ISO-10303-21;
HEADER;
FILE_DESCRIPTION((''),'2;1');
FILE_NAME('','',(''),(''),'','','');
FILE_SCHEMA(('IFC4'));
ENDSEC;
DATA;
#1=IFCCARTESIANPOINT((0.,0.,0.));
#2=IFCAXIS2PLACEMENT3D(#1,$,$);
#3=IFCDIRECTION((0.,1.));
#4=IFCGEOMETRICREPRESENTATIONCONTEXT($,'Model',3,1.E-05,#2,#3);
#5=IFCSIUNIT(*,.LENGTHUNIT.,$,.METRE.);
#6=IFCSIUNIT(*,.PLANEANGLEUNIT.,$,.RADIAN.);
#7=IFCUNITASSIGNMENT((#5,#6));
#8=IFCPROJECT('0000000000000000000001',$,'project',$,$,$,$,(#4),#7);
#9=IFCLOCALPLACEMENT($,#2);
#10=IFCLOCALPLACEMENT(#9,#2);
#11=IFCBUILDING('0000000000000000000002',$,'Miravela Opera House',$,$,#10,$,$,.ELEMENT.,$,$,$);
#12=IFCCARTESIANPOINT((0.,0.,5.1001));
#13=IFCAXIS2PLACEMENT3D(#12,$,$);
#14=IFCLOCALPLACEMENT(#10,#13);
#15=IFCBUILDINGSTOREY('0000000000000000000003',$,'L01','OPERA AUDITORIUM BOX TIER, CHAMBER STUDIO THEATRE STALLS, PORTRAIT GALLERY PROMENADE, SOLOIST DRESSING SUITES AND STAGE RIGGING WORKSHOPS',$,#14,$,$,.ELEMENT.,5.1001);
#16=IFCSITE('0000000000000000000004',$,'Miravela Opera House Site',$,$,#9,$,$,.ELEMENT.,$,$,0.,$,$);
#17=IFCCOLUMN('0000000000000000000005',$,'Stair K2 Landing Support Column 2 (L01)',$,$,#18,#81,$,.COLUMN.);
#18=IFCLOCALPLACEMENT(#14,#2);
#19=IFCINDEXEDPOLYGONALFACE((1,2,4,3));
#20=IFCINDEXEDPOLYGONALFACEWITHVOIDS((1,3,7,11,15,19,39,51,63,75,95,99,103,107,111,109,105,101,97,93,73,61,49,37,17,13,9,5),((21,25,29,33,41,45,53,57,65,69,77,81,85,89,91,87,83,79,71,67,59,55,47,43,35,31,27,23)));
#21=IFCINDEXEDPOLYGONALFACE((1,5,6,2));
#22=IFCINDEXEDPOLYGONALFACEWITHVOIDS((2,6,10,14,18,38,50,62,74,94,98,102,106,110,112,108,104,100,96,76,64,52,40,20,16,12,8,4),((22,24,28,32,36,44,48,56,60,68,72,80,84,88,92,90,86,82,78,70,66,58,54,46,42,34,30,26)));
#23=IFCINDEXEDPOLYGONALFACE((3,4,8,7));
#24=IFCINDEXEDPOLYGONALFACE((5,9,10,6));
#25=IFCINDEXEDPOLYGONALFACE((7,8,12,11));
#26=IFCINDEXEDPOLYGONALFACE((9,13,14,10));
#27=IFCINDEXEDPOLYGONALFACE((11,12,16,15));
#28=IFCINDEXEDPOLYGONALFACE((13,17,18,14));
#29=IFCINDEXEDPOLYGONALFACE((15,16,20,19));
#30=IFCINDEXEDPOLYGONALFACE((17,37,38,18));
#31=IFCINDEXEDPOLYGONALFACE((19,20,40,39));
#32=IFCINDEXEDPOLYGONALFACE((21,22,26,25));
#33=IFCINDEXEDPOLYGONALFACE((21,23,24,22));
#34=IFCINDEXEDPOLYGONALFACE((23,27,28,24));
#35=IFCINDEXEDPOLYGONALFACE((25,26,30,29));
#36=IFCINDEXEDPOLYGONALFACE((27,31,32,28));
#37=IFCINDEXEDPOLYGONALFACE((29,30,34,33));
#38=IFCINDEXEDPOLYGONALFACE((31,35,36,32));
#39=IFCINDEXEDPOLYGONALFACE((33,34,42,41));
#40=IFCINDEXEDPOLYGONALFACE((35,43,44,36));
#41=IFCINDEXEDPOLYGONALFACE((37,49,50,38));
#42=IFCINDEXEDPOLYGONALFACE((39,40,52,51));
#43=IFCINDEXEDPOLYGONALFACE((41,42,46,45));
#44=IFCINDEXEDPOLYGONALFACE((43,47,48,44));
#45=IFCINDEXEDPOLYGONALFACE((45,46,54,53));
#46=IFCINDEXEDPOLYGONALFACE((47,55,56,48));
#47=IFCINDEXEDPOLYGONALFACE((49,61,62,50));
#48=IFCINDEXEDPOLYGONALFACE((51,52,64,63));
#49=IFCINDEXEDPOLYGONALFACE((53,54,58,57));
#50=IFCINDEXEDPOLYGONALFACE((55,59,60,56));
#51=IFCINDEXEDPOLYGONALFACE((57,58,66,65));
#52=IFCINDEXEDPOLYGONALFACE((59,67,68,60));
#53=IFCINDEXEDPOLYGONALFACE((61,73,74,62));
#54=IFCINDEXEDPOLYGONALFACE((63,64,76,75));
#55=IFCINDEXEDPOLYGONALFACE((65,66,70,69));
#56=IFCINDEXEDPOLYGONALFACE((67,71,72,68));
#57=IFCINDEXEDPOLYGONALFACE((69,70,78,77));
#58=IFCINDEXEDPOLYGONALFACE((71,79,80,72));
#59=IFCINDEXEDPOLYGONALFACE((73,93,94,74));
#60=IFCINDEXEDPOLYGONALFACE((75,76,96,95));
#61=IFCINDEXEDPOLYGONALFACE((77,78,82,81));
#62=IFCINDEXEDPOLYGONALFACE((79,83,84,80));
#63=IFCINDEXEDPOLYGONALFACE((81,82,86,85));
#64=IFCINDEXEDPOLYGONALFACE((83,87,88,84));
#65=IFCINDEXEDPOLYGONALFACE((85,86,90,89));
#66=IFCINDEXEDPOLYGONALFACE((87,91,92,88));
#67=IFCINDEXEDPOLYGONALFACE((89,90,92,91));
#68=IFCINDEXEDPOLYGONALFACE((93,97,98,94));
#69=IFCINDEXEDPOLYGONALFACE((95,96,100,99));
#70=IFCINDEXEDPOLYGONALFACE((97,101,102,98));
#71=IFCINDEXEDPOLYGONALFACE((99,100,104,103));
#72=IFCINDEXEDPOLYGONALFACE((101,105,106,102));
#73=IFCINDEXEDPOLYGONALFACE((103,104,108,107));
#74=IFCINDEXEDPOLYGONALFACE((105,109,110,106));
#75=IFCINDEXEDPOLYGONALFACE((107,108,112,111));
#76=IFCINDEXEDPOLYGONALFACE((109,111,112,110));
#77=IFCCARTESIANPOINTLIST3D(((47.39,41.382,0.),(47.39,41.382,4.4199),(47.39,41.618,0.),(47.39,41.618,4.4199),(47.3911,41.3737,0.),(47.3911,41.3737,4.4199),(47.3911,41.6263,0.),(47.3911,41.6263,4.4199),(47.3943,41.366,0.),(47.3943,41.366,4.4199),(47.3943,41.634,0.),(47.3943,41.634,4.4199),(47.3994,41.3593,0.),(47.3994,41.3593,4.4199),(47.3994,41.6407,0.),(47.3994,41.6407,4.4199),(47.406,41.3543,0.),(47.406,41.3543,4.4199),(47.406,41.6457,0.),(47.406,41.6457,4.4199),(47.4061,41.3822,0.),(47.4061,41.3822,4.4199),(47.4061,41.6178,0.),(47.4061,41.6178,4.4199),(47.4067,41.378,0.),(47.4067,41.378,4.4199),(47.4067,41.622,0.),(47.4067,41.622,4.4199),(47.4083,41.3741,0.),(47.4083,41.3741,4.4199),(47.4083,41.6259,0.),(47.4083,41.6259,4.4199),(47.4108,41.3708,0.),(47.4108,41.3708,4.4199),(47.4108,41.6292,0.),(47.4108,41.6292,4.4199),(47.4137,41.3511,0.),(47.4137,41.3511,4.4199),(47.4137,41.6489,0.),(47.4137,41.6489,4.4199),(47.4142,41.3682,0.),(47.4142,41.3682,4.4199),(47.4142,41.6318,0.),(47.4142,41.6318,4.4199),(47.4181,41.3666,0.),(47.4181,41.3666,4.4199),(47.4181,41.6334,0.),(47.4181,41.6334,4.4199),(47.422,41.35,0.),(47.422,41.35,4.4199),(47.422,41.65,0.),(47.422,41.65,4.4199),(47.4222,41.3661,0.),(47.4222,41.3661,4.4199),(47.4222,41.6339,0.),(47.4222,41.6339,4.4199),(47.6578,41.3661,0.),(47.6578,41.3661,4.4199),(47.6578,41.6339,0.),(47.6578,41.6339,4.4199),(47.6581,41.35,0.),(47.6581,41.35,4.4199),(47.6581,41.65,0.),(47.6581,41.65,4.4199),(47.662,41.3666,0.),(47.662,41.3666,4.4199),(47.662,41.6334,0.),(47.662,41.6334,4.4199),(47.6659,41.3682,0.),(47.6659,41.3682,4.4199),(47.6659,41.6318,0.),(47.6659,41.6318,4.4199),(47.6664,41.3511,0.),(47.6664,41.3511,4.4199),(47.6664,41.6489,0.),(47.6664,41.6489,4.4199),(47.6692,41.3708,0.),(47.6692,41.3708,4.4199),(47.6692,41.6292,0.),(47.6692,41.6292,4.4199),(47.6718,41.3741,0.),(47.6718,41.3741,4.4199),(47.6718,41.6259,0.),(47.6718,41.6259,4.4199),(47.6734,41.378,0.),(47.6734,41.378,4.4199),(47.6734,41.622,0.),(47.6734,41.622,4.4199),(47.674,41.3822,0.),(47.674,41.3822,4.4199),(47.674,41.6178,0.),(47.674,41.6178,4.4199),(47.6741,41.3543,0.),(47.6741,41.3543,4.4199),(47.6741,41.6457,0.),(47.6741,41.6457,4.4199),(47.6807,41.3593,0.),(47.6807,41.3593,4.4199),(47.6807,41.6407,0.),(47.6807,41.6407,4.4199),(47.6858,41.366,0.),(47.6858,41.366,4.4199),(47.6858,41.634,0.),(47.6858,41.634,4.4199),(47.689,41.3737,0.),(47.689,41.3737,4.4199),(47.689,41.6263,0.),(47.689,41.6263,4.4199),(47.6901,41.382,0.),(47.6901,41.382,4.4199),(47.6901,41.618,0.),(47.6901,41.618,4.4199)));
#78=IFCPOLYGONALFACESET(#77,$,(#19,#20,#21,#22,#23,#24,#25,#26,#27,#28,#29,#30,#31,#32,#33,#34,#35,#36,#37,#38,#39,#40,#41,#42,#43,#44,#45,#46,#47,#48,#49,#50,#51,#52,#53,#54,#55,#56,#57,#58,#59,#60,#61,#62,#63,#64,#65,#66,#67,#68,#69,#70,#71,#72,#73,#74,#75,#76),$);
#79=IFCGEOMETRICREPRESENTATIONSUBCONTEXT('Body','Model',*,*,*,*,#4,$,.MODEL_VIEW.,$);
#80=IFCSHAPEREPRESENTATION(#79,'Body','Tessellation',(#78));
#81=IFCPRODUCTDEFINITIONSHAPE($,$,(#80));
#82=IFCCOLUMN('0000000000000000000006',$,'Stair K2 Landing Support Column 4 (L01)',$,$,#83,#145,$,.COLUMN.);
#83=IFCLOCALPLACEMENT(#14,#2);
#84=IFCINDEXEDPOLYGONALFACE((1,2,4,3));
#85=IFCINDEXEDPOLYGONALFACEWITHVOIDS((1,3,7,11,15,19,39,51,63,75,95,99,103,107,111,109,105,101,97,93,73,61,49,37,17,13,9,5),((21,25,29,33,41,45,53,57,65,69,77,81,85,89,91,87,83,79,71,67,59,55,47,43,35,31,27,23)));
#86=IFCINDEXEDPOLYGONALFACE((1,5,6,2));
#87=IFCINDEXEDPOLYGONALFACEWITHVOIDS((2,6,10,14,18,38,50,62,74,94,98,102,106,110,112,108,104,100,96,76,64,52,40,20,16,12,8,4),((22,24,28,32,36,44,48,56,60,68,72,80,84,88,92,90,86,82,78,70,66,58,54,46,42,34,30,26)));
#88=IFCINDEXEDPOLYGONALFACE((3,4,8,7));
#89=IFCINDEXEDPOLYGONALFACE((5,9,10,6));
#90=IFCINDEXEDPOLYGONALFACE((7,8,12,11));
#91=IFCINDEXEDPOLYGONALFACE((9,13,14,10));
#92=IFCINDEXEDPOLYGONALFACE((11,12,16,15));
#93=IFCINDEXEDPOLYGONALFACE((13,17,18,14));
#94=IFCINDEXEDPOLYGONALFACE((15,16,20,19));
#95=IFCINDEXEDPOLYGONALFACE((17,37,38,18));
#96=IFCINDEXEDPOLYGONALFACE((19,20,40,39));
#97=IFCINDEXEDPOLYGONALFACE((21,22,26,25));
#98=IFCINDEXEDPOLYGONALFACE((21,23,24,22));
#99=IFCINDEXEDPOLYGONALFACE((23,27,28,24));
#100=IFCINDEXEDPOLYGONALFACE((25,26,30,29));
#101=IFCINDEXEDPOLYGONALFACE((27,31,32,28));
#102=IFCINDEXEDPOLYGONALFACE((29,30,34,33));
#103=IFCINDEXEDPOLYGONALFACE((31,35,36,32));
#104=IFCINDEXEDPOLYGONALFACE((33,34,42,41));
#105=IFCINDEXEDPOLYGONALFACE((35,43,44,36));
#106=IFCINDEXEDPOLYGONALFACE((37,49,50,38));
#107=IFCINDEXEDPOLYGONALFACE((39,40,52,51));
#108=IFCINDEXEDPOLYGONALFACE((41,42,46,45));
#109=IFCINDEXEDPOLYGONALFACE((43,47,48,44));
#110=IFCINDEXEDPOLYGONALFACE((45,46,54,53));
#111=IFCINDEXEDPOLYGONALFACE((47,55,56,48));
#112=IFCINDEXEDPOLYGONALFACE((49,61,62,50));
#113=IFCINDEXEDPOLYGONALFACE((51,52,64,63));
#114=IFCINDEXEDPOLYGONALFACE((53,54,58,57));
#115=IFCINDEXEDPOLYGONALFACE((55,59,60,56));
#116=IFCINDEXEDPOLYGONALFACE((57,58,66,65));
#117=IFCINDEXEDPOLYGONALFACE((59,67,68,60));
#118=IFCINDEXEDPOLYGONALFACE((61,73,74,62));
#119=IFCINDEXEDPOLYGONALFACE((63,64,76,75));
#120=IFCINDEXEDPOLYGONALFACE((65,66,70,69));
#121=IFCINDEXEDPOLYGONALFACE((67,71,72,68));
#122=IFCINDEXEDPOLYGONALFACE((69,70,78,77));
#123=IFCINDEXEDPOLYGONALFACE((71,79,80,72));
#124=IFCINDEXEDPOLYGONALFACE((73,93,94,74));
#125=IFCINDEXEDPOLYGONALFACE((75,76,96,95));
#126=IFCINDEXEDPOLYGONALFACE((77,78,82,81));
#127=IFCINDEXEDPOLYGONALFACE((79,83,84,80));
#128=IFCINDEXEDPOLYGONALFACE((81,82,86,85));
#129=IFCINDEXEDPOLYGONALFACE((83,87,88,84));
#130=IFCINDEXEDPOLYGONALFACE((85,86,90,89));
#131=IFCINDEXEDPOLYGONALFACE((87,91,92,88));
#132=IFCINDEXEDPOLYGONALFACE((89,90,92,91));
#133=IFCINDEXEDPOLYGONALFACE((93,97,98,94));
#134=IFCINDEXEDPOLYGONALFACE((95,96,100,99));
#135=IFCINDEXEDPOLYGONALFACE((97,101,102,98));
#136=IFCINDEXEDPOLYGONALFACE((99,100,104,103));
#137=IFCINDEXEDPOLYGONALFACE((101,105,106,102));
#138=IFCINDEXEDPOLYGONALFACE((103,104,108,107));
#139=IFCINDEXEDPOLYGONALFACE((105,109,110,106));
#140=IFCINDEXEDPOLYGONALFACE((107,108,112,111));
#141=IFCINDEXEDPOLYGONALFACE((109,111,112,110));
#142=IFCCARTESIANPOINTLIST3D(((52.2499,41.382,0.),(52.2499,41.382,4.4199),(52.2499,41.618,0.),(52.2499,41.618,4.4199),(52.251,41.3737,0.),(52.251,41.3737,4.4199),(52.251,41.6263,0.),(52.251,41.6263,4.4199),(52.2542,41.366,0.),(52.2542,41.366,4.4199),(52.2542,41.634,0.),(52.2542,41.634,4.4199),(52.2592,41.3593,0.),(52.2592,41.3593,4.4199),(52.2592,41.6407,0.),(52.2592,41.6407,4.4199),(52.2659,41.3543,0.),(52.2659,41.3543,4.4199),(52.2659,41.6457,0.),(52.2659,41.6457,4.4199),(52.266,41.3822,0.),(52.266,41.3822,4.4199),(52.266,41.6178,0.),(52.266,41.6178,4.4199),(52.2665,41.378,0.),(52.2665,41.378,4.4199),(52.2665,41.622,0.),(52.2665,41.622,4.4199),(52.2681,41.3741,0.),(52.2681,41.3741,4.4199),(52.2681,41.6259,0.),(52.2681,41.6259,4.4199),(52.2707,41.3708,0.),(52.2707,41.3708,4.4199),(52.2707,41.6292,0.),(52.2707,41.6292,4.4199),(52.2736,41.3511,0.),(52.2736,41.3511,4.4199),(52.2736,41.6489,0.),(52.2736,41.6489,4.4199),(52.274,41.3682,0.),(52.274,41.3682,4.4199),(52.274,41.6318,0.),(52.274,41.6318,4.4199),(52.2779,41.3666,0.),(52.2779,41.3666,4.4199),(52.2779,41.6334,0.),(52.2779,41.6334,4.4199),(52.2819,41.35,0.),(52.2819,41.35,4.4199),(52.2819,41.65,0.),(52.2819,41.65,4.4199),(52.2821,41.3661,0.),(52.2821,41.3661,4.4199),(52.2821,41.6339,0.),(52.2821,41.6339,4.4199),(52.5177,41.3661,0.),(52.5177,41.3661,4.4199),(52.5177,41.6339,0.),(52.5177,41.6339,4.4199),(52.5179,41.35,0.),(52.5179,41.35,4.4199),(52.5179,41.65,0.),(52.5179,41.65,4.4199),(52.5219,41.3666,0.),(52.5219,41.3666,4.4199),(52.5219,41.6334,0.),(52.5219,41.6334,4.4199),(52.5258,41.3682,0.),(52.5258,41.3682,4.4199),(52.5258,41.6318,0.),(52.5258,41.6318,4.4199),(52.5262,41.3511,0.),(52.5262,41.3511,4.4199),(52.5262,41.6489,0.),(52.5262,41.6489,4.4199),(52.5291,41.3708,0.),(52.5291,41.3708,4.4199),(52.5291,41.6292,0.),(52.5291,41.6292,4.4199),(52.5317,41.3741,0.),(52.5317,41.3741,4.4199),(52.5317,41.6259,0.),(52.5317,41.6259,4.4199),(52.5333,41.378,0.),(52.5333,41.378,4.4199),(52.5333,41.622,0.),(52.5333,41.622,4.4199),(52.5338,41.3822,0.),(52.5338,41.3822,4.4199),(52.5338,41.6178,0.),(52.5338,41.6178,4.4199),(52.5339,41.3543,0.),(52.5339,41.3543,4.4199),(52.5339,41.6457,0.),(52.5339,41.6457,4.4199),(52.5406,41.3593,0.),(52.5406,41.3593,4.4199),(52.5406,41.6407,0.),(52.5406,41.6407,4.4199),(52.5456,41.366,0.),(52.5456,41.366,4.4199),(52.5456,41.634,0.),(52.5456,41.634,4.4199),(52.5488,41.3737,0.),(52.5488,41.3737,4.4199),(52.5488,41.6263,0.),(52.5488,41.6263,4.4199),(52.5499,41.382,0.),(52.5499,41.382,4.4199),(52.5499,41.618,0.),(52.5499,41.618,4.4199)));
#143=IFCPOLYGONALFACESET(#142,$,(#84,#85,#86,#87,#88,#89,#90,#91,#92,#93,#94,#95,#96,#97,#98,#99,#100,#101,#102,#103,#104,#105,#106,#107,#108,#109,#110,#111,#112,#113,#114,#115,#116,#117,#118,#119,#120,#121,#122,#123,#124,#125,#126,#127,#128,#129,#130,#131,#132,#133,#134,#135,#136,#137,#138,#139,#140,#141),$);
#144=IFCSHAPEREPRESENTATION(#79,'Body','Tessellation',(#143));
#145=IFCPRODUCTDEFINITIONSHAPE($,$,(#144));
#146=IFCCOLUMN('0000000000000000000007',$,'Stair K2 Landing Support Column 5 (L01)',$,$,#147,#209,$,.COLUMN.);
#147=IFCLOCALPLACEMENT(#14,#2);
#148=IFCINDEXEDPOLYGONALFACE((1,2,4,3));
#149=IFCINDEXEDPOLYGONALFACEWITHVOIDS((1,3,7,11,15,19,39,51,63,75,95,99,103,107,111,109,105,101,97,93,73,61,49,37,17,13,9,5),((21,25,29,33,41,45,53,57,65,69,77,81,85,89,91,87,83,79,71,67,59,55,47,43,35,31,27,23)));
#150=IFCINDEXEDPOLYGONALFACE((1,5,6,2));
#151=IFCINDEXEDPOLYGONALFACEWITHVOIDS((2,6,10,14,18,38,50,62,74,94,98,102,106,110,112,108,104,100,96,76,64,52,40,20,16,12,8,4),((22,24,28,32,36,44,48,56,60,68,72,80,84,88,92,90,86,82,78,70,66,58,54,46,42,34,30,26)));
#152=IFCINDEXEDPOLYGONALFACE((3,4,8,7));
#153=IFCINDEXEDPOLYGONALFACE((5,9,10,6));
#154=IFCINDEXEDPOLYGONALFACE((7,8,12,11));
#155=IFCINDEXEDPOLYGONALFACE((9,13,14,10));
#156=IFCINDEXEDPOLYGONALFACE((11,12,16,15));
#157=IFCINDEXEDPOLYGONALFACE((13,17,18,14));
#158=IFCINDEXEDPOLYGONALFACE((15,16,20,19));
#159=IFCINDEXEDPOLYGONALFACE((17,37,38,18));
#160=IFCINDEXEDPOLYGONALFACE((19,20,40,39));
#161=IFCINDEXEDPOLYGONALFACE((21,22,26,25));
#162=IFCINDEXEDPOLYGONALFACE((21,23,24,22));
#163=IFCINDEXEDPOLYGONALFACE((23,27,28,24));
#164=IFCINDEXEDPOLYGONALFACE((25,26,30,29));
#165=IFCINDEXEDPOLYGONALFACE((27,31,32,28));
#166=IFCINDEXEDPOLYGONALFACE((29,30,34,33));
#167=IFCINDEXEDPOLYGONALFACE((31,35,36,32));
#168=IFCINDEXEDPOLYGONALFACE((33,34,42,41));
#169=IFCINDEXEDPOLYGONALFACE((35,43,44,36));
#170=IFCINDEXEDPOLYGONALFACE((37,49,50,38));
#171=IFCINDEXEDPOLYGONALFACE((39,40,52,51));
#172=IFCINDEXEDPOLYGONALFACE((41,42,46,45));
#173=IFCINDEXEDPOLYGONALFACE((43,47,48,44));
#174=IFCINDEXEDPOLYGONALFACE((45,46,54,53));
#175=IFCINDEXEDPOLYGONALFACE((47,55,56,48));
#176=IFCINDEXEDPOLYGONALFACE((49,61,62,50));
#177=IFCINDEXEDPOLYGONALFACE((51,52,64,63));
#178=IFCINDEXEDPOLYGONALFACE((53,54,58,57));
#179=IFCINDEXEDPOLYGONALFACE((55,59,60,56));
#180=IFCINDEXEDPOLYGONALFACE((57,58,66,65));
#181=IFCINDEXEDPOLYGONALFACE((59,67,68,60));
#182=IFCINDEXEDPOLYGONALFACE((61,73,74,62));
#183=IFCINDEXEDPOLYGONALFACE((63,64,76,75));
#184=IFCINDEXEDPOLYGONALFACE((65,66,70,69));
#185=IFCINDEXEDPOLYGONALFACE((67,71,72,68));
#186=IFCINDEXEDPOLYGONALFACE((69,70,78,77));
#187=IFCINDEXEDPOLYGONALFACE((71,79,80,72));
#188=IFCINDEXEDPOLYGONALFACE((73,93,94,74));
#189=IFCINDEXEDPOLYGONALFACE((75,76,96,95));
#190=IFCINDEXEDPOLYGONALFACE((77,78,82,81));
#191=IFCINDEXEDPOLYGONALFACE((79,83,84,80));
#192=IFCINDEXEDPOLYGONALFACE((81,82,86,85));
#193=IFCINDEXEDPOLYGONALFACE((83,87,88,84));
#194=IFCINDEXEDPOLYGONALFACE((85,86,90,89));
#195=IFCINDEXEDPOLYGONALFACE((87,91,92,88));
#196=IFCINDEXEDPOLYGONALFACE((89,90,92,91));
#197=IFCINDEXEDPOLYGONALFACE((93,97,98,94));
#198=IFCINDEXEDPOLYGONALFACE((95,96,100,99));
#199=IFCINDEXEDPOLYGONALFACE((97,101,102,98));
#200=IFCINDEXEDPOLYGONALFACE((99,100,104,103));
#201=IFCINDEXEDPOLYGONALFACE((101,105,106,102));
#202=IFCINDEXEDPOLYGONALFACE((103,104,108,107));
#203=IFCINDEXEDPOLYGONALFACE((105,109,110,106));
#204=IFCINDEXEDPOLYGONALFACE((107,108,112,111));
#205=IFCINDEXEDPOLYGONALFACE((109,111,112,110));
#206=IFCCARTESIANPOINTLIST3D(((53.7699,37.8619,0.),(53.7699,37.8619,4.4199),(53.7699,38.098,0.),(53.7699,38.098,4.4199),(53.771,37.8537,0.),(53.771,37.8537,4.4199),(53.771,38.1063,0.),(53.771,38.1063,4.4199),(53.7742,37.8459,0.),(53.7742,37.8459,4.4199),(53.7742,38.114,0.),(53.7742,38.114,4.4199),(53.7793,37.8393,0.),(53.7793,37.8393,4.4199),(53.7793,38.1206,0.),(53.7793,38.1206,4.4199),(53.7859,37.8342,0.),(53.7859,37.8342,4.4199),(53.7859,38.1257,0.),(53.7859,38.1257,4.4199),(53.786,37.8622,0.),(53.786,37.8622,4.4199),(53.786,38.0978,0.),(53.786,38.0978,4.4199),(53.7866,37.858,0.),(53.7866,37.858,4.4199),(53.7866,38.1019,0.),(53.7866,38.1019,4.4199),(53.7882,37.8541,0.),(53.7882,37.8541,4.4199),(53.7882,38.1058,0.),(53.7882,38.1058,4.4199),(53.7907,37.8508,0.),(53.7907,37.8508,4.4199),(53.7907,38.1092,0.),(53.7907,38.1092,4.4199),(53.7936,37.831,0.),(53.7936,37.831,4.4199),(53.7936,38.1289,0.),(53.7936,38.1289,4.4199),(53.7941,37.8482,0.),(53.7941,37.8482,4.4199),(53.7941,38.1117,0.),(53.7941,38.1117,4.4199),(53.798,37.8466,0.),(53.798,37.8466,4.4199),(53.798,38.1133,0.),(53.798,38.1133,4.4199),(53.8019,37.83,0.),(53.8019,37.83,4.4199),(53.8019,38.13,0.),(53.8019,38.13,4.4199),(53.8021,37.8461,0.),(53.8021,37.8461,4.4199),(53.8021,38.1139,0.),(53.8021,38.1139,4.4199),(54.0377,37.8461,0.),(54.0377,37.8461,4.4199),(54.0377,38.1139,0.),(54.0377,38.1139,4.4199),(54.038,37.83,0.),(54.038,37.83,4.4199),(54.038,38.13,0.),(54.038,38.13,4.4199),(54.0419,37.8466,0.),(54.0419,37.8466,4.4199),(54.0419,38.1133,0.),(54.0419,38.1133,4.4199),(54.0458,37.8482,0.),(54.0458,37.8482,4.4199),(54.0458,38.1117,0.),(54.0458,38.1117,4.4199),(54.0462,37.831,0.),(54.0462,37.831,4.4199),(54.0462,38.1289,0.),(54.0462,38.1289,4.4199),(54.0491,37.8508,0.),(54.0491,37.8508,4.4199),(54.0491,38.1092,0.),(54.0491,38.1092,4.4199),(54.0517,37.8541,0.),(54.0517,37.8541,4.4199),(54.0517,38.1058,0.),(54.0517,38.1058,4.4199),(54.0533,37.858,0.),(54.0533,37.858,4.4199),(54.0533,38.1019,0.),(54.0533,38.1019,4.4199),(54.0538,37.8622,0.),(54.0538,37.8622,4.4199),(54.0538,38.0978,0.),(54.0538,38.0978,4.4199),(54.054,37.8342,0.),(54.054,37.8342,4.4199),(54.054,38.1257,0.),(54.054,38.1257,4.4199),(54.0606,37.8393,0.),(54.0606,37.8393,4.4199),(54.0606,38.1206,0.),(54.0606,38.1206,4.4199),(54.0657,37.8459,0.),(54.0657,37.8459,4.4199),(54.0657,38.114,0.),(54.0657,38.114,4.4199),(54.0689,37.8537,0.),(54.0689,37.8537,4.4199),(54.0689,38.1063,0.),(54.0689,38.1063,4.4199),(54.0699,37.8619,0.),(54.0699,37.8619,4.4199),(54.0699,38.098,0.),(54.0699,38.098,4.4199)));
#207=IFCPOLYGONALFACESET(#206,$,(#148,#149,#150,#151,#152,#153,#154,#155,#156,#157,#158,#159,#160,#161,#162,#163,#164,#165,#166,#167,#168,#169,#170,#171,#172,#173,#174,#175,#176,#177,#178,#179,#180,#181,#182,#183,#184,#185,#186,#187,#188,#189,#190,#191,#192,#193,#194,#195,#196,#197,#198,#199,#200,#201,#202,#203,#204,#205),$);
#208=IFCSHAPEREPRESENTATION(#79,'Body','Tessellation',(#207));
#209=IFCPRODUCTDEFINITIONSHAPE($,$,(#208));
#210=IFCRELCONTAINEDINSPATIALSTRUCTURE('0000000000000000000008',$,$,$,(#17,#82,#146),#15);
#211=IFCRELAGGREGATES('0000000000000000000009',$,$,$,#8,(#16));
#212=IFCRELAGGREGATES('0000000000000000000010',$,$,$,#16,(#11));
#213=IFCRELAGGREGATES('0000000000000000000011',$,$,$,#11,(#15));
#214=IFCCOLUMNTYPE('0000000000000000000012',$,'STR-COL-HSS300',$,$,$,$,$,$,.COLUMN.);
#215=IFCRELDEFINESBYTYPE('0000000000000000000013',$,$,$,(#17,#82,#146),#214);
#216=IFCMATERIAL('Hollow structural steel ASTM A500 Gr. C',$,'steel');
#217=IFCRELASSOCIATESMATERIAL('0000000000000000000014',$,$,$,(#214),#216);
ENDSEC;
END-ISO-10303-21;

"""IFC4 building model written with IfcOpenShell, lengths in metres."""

from ifc_helpers import new_model, si_unit, direction, frame, origin, origin_2d, place, context, subcontext, project, spatial, hollow_rectangle, extrude, material, material_profile, profile_set, type_object, element, save


model = new_model("IFC4")

# Units and contexts
model_context = context("Model", 3, precision=1e-05, world=origin(), true_north=direction((0.0, 1.0)))
body_context = subcontext(model_context, "Body", "Model", "MODEL_VIEW")
ifc_project = project(units=[si_unit("LENGTHUNIT", "METRE"), si_unit("PLANEANGLEUNIT", "RADIAN")], contexts=[model_context])

# Site, building, storey
site_placement = place(None, origin())
site = spatial("IfcSite", under=ifc_project, at=site_placement, Name="Miravela Opera House Site", CompositionType="ELEMENT", RefElevation=0.0)
building_placement = place(site_placement, origin())
building = spatial("IfcBuilding", under=site, at=building_placement, Name="Miravela Opera House", CompositionType="ELEMENT")
storey_placement = place(building_placement, frame((0.0, 0.0, 5.1001)))
storey = spatial("IfcBuildingStorey", under=building, at=storey_placement, Name="L01", Description="OPERA AUDITORIUM BOX TIER, CHAMBER STUDIO THEATRE STALLS, PORTRAIT GALLERY PROMENADE, SOLOIST DRESSING SUITES AND STAGE RIGGING WORKSHOPS", CompositionType="ELEMENT", Elevation=5.1001)

# Columns
ifc_material_1 = material(Name="Hollow structural steel ASTM A500 Gr. C", Category="steel")
ifc_material_profile_1 = material_profile(ifc_material_1, hollow_rectangle(XDim=0.3, YDim=0.3, WallThickness=0.0161, InnerFilletRadius=0.0161, OuterFilletRadius=0.032, at=origin_2d()), Name="HSS300X300X16")
ifc_profile_set_1 = profile_set([ifc_material_profile_1])
column_type_1 = type_object("IfcColumnType", Name="STR-COL-HSS300", PredefinedType="COLUMN", material=ifc_profile_set_1)
for number, where, z_axis, x_axis, name in (
    (1, (47.54, 41.5, 0.0), (0.0, 0.0, 1.0), (1.0, 0.0, 0.0), "Stair K2 Landing Support Column 2 (L01)"),
    (2, (52.3999, 41.5, 0.0), (0.0, 0.0, 1.0), (1.0, 0.0, 0.0), "Stair K2 Landing Support Column 4 (L01)"),
    (3, (53.9199, 37.98, 0.0), (0.0, 0.0, 1.0), (1.0, 0.0, 0.0), "Stair K2 Landing Support Column 5 (L01)"),
):
    element("IfcColumn", number, at=place(storey_placement, frame(where, z_axis=z_axis, x_axis=x_axis)), inside=storey, type_object=column_type_1, Name=name, PredefinedType="COLUMN", context=body_context, shape_type="SweptSolid", body=[
        extrude(hollow_rectangle(XDim=0.3, YDim=0.3, WallThickness=0.0161, InnerFilletRadius=0.0161, OuterFilletRadius=0.032, at=origin_2d()), origin(), (0.0, 0.0, 1.0), 4.4199),
    ])

save(model, "model.ifc")
